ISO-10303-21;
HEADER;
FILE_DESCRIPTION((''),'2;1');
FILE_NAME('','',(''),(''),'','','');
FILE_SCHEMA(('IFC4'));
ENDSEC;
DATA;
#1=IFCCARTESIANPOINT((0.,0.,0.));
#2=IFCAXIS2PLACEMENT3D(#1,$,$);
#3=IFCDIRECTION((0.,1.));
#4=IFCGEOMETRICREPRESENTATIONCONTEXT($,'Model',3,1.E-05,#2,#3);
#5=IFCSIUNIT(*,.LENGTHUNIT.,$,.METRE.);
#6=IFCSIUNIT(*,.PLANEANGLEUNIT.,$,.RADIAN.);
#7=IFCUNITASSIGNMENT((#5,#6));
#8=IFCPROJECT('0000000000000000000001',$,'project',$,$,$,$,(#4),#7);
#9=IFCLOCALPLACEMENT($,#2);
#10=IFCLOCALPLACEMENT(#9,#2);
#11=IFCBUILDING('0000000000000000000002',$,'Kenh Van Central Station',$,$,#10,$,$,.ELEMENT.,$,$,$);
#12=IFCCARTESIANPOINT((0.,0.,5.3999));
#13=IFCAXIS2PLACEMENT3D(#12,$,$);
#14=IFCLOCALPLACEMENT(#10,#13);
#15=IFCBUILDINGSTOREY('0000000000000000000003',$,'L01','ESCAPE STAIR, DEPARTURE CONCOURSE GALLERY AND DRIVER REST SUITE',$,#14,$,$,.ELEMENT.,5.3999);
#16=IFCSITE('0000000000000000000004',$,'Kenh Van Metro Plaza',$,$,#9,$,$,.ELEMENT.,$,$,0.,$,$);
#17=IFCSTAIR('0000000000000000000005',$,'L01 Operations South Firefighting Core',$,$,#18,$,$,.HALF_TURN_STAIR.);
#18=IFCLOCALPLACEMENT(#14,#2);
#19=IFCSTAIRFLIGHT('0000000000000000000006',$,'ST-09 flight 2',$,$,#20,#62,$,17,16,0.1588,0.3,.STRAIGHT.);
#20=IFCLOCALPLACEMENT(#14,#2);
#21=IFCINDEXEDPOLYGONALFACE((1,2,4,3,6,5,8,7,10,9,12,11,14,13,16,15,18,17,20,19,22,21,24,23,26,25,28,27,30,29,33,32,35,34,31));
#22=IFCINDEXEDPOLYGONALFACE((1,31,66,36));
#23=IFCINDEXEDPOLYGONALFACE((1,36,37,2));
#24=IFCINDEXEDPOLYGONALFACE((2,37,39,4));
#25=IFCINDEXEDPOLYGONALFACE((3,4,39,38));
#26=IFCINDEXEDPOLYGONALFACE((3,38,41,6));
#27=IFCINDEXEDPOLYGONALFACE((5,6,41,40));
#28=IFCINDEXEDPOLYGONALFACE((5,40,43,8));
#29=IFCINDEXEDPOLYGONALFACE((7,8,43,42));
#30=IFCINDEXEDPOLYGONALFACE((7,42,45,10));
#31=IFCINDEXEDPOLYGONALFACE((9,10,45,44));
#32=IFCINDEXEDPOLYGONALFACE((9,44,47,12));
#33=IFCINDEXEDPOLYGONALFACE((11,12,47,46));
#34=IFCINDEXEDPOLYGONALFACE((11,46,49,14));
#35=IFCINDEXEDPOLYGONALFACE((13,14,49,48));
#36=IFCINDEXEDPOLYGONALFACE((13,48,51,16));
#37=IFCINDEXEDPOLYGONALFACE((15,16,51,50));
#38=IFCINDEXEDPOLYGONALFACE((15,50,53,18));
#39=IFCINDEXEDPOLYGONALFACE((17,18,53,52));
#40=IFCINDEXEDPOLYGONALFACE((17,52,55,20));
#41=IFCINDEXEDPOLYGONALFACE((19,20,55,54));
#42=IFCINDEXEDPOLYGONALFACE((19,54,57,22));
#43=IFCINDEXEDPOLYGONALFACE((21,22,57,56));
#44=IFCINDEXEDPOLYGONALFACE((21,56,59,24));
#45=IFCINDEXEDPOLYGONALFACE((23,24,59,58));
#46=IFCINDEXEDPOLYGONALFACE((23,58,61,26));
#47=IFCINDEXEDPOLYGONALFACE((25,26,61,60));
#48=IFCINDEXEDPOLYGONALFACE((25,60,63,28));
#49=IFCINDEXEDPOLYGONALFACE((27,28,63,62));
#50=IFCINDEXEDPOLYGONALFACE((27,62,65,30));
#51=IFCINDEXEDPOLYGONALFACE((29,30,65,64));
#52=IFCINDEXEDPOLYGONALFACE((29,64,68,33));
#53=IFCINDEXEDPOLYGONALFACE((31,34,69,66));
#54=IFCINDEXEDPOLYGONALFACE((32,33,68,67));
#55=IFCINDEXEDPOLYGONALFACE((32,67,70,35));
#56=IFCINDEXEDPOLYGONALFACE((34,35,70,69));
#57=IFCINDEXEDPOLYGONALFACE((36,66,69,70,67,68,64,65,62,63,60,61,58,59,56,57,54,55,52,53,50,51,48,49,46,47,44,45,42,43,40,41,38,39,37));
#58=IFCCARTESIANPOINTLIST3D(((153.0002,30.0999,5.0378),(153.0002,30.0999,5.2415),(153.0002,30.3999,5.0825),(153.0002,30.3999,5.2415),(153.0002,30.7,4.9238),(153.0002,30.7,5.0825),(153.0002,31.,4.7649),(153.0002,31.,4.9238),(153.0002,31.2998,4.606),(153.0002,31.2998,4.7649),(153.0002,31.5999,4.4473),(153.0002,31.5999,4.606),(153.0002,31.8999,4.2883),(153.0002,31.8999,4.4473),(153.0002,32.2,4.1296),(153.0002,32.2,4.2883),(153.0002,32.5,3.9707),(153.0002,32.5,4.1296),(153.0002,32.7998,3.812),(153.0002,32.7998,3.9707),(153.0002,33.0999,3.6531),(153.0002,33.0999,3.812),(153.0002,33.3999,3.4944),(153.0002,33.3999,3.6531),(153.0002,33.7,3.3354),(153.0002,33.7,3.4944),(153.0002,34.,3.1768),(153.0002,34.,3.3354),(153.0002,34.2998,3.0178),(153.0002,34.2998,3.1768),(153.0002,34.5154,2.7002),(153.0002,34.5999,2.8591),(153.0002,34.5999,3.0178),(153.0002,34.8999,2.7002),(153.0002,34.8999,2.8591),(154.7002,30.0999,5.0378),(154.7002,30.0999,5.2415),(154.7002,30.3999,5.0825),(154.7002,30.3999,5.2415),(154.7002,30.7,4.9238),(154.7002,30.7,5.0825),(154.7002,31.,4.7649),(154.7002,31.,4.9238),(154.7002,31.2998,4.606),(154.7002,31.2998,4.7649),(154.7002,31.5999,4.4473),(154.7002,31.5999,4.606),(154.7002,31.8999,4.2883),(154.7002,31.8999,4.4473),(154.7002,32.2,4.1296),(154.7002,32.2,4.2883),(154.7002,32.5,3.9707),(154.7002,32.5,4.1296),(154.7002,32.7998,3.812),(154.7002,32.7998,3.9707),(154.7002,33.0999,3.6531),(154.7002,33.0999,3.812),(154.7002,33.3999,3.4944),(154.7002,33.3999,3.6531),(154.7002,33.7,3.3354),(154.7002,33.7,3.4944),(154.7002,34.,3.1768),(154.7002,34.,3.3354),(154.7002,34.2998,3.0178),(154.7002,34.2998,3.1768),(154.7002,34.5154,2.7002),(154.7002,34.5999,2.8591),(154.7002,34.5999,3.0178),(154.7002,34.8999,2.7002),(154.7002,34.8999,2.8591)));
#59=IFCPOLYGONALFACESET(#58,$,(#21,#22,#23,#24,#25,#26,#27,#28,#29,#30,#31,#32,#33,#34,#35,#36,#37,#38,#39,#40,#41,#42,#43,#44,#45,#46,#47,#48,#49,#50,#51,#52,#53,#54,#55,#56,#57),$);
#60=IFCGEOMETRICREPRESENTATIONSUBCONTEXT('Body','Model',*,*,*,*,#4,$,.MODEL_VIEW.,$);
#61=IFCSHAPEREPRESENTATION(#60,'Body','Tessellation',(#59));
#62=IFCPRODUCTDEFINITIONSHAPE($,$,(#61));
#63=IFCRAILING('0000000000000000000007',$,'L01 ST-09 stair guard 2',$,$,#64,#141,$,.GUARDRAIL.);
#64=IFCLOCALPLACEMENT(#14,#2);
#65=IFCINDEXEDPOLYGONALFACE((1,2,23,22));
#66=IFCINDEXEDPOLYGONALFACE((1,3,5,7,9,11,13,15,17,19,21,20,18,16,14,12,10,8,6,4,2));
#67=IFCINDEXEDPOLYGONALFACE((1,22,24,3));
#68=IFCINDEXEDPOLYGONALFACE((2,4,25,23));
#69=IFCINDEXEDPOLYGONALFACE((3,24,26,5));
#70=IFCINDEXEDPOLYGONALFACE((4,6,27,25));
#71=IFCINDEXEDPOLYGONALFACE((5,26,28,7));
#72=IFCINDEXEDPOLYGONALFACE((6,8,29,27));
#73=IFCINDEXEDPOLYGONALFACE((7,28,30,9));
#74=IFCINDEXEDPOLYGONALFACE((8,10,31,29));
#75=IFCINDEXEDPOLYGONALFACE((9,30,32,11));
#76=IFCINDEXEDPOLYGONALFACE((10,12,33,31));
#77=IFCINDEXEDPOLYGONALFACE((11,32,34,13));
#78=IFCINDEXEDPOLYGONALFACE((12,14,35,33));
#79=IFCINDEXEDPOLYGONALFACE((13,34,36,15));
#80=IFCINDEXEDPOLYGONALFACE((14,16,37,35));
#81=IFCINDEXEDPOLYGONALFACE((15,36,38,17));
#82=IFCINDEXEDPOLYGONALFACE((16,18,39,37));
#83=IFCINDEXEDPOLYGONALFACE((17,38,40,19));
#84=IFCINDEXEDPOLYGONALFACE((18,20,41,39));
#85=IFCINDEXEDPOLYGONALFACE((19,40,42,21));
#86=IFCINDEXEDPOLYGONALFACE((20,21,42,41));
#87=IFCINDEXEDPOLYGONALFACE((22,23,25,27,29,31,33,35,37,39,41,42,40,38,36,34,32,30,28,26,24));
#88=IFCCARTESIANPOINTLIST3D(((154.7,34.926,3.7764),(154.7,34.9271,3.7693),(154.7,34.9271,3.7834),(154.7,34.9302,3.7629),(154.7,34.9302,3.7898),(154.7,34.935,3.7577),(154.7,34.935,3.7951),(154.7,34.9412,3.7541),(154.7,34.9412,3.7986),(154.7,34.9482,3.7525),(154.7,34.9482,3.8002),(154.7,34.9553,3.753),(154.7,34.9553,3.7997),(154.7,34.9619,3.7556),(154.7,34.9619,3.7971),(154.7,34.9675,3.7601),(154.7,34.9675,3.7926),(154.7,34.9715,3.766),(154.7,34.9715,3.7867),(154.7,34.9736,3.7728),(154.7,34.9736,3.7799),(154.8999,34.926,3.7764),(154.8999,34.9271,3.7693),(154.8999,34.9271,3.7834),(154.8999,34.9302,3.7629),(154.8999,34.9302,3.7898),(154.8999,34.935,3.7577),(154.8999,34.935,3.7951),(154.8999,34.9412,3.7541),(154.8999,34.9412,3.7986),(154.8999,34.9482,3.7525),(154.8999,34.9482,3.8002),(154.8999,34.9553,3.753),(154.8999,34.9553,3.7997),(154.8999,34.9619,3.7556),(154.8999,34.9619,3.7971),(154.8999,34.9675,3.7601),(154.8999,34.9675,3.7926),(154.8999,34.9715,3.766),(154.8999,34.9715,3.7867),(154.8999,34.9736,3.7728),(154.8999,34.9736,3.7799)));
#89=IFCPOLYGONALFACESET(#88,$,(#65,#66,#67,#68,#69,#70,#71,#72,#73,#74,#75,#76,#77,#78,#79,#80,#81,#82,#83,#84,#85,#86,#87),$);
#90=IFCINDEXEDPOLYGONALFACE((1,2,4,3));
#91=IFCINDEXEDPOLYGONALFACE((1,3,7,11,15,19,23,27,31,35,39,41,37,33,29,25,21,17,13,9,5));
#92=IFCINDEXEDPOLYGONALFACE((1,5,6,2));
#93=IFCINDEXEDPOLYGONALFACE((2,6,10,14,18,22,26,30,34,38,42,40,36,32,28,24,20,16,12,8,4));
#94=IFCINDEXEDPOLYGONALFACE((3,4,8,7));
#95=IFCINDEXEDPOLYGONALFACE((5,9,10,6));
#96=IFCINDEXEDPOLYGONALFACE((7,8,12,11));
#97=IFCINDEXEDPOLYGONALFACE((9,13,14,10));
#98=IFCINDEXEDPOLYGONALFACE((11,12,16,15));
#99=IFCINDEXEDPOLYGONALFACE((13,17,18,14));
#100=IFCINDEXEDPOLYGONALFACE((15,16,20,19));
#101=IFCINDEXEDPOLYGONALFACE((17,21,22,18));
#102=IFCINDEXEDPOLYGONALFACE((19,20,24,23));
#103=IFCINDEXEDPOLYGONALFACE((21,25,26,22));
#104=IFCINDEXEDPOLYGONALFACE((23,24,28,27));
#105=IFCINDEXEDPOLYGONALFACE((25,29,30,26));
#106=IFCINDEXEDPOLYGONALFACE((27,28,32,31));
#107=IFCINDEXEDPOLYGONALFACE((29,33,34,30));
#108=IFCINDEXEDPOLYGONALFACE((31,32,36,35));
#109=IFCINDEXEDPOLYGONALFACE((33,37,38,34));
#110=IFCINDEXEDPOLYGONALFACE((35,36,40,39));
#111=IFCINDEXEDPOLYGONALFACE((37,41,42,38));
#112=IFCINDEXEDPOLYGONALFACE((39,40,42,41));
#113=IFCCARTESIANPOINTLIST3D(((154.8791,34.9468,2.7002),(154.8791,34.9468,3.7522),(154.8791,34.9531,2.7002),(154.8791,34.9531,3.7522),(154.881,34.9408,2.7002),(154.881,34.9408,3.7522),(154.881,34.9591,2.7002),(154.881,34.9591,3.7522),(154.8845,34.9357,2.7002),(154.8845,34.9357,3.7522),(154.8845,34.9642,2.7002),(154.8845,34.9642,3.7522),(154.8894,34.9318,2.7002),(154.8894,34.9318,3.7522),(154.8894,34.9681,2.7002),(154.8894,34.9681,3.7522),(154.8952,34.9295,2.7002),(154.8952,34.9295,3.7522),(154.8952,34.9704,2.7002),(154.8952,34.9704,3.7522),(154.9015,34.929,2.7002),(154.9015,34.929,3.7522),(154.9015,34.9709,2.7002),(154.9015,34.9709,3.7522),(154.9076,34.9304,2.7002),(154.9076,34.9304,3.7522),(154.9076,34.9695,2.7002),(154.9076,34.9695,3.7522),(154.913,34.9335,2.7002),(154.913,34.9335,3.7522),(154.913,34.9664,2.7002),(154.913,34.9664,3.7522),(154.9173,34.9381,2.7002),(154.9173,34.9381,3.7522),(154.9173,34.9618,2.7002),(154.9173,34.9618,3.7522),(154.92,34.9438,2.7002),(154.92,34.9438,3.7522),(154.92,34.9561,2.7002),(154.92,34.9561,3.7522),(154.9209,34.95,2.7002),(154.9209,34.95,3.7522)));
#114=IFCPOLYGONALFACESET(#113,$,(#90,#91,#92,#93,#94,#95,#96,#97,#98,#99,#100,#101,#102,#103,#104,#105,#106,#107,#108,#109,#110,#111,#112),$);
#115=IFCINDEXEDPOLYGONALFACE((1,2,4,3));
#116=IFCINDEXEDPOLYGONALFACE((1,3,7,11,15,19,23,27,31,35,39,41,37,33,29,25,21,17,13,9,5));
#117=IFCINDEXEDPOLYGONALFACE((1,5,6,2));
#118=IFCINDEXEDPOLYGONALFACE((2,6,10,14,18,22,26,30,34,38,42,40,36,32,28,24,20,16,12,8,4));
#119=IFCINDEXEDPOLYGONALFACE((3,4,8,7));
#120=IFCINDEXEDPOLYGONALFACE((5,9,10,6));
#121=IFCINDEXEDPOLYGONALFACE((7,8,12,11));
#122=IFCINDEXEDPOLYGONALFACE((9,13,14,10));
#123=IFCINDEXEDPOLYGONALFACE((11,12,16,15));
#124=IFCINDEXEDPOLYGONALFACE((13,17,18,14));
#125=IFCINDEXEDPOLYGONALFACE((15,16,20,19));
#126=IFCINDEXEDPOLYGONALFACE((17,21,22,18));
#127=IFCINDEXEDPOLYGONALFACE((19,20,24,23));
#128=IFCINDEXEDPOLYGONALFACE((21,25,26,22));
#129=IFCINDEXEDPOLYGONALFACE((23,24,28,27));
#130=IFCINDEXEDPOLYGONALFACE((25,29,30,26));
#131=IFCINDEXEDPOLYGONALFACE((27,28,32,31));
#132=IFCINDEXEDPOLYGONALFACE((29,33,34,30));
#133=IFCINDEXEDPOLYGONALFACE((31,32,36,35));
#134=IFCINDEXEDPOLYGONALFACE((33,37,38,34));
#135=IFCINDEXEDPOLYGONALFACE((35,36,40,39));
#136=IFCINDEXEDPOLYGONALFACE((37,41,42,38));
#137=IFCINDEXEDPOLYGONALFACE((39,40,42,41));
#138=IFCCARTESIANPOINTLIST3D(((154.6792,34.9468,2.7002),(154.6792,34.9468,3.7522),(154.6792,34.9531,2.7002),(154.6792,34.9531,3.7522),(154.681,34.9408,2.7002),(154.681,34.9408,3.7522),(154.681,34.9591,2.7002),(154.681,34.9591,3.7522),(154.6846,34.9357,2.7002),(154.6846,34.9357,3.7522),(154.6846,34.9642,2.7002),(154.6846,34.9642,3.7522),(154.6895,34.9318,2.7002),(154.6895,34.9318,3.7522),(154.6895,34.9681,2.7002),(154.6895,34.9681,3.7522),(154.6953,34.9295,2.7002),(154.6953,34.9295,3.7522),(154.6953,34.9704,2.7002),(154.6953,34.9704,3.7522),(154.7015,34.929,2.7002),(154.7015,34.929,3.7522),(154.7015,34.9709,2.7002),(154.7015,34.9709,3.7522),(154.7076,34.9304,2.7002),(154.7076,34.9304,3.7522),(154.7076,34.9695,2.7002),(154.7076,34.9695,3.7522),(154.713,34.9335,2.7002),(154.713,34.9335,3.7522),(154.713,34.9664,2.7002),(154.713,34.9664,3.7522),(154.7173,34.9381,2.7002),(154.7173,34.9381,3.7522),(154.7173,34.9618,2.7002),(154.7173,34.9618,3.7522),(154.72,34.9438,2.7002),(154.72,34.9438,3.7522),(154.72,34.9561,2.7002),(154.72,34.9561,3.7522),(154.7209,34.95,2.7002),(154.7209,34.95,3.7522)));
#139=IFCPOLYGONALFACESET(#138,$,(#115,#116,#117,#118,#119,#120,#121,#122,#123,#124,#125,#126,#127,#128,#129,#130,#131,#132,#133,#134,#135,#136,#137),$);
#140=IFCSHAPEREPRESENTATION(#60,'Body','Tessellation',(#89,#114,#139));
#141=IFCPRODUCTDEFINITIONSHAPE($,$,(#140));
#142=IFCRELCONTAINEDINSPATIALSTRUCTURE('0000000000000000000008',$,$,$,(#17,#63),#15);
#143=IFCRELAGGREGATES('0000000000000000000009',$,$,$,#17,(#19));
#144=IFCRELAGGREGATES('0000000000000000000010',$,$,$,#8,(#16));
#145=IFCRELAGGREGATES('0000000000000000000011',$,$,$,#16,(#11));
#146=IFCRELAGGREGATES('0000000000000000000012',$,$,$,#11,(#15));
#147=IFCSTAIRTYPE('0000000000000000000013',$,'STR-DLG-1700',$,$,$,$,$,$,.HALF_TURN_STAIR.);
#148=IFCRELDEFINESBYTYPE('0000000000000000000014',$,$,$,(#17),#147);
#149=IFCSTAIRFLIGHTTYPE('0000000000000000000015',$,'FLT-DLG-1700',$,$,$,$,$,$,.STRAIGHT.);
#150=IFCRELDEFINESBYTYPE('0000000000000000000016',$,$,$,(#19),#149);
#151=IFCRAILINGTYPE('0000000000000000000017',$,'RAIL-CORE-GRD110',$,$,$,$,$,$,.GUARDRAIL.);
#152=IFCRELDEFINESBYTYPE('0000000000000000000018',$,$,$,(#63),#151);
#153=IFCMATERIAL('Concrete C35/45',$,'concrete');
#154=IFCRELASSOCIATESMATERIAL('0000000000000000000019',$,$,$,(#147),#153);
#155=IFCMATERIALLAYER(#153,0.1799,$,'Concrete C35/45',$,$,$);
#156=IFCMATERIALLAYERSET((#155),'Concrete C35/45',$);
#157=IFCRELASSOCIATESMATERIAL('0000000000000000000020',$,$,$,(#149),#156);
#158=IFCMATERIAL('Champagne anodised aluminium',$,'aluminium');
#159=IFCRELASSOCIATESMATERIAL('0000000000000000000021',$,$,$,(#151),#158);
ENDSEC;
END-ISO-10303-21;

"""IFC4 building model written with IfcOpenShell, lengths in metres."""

from ifc_helpers import new_model, si_unit, direction, frame, origin, origin_2d, place, context, subcontext, project, spatial, polyline, circle, outline, extrude, material, layer, layer_set, type_object, element, aggregate, save


model = new_model("IFC4")

# Units and contexts
model_context = context("Model", 3, precision=1e-05, world=origin(), true_north=direction((0.0, 1.0)))
body_context = subcontext(model_context, "Body", "Model", "MODEL_VIEW")
ifc_project = project(units=[si_unit("LENGTHUNIT", "METRE"), si_unit("PLANEANGLEUNIT", "RADIAN")], contexts=[model_context])

# Site, building, storey
site_placement = place(None, origin())
site = spatial("IfcSite", under=ifc_project, at=site_placement, Name="Kenh Van Metro Plaza", CompositionType="ELEMENT", RefElevation=0.0)
building_placement = place(site_placement, origin())
building = spatial("IfcBuilding", under=site, at=building_placement, Name="Kenh Van Central Station", CompositionType="ELEMENT")
storey_placement = place(building_placement, frame((0.0, 0.0, 5.3999)))
storey = spatial("IfcBuildingStorey", under=building, at=storey_placement, Name="L01", Description="ESCAPE STAIR, DEPARTURE CONCOURSE GALLERY AND DRIVER REST SUITE", CompositionType="ELEMENT", Elevation=5.3999)

# Shared definitions
ifc_material_1 = material(Name="Concrete C35/45", Category="concrete")

# Shared definitions
ifc_material_2 = material(Name="Champagne anodised aluminium", Category="aluminium")

# Stair, stair flight
stair_type = type_object("IfcStairType", Name="STR-DLG-1700", PredefinedType="HALF_TURN_STAIR", material=ifc_material_1)
stair_placement = place(storey_placement, origin())
stair = element("IfcStair", 1, at=stair_placement, inside=storey, type_object=stair_type, Name="L01 Operations South Firefighting Core", PredefinedType="HALF_TURN_STAIR")
ifc_layer_1 = layer(ifc_material_1, 0.1799, Name="Concrete C35/45")
ifc_layer_set_1 = layer_set([ifc_layer_1], Name="Concrete C35/45")
stair_flight_type = type_object("IfcStairFlightType", Name="FLT-DLG-1700", PredefinedType="STRAIGHT", material=ifc_layer_set_1)
stair_flight_placement = place(storey_placement, frame((153.8501, 34.8999, 2.7002), z_axis=(0.0, 0.0, 1.0), x_axis=(0.0, -1.0, 0.0)))
stair_flight = element("IfcStairFlight", 2, at=stair_flight_placement, type_object=stair_flight_type, Name="ST-09 flight 2", NumberOfRisers=17, NumberOfTreads=16, PredefinedType="STRAIGHT", RiserHeight=0.1588, TreadLength=0.3, context=body_context, shape_type="SweptSolid", body=[
    extrude(outline(polyline([(0.0, 0.0), (0.0, 0.1589), (0.3, 0.1589), (0.3, 0.3176), (0.6001, 0.3176), (0.6001, 0.4766), (0.8999, 0.4766), (0.8999, 0.6353), (1.2, 0.6353), (1.2, 0.7942), (1.5, 0.7942), (1.5, 0.9529), (1.8, 0.9529), (1.8, 1.1118), (2.1001, 1.1118), (2.1001, 1.2705), (2.3999, 1.2705), (2.3999, 1.4294), (2.7, 1.4294), (2.7, 1.5881), (3.0, 1.5881), (3.0, 1.7471), (3.3, 1.7471), (3.3, 1.9058), (3.6001, 1.9058), (3.6001, 2.0647), (3.8999, 2.0647), (3.8999, 2.2236), (4.2, 2.2236), (4.2, 2.3823), (4.5, 2.3823), (4.5, 2.5413), (4.8, 2.5413), (4.8, 2.7), (4.8, 2.3376), (0.3845, 0.0), (0.0, 0.0)])), frame((0.0, 0.8501, 0.0), z_axis=(0.0, -1.0, 0.0), x_axis=(1.0, 0.0, 0.0)), (0.0, 0.0, 1.0), 1.7),
])
aggregate(stair, [stair_flight])

# Railing
railing_type_1 = type_object("IfcRailingType", Name="RAIL-CORE-GRD110", PredefinedType="GUARDRAIL", material=ifc_material_2)
railing_1_placement = place(storey_placement, frame((154.8999, 34.95, 2.7002)))
element("IfcRailing", 3, at=railing_1_placement, inside=storey, type_object=railing_type_1, Name="L01 ST-09 stair guard 2", PredefinedType="GUARDRAIL", context=body_context, shape_type="SweptSolid", body=[
    extrude(circle(Radius=0.0239, at=origin_2d()), frame((0.0, 0.0, 1.0762), z_axis=(-1.0, 0.0, 0.0), x_axis=(0.0, -1.0, 0.0)), (0.0, 0.0, 1.0), 0.2),
    extrude(circle(Radius=0.021, at=origin_2d()), origin(), (0.0, 0.0, 1.0), 1.052),
    extrude(circle(Radius=0.021, at=origin_2d()), frame((-0.2, 0.0, 0.0)), (0.0, 0.0, 1.0), 1.052),
])

save(model, "model.ifc")
